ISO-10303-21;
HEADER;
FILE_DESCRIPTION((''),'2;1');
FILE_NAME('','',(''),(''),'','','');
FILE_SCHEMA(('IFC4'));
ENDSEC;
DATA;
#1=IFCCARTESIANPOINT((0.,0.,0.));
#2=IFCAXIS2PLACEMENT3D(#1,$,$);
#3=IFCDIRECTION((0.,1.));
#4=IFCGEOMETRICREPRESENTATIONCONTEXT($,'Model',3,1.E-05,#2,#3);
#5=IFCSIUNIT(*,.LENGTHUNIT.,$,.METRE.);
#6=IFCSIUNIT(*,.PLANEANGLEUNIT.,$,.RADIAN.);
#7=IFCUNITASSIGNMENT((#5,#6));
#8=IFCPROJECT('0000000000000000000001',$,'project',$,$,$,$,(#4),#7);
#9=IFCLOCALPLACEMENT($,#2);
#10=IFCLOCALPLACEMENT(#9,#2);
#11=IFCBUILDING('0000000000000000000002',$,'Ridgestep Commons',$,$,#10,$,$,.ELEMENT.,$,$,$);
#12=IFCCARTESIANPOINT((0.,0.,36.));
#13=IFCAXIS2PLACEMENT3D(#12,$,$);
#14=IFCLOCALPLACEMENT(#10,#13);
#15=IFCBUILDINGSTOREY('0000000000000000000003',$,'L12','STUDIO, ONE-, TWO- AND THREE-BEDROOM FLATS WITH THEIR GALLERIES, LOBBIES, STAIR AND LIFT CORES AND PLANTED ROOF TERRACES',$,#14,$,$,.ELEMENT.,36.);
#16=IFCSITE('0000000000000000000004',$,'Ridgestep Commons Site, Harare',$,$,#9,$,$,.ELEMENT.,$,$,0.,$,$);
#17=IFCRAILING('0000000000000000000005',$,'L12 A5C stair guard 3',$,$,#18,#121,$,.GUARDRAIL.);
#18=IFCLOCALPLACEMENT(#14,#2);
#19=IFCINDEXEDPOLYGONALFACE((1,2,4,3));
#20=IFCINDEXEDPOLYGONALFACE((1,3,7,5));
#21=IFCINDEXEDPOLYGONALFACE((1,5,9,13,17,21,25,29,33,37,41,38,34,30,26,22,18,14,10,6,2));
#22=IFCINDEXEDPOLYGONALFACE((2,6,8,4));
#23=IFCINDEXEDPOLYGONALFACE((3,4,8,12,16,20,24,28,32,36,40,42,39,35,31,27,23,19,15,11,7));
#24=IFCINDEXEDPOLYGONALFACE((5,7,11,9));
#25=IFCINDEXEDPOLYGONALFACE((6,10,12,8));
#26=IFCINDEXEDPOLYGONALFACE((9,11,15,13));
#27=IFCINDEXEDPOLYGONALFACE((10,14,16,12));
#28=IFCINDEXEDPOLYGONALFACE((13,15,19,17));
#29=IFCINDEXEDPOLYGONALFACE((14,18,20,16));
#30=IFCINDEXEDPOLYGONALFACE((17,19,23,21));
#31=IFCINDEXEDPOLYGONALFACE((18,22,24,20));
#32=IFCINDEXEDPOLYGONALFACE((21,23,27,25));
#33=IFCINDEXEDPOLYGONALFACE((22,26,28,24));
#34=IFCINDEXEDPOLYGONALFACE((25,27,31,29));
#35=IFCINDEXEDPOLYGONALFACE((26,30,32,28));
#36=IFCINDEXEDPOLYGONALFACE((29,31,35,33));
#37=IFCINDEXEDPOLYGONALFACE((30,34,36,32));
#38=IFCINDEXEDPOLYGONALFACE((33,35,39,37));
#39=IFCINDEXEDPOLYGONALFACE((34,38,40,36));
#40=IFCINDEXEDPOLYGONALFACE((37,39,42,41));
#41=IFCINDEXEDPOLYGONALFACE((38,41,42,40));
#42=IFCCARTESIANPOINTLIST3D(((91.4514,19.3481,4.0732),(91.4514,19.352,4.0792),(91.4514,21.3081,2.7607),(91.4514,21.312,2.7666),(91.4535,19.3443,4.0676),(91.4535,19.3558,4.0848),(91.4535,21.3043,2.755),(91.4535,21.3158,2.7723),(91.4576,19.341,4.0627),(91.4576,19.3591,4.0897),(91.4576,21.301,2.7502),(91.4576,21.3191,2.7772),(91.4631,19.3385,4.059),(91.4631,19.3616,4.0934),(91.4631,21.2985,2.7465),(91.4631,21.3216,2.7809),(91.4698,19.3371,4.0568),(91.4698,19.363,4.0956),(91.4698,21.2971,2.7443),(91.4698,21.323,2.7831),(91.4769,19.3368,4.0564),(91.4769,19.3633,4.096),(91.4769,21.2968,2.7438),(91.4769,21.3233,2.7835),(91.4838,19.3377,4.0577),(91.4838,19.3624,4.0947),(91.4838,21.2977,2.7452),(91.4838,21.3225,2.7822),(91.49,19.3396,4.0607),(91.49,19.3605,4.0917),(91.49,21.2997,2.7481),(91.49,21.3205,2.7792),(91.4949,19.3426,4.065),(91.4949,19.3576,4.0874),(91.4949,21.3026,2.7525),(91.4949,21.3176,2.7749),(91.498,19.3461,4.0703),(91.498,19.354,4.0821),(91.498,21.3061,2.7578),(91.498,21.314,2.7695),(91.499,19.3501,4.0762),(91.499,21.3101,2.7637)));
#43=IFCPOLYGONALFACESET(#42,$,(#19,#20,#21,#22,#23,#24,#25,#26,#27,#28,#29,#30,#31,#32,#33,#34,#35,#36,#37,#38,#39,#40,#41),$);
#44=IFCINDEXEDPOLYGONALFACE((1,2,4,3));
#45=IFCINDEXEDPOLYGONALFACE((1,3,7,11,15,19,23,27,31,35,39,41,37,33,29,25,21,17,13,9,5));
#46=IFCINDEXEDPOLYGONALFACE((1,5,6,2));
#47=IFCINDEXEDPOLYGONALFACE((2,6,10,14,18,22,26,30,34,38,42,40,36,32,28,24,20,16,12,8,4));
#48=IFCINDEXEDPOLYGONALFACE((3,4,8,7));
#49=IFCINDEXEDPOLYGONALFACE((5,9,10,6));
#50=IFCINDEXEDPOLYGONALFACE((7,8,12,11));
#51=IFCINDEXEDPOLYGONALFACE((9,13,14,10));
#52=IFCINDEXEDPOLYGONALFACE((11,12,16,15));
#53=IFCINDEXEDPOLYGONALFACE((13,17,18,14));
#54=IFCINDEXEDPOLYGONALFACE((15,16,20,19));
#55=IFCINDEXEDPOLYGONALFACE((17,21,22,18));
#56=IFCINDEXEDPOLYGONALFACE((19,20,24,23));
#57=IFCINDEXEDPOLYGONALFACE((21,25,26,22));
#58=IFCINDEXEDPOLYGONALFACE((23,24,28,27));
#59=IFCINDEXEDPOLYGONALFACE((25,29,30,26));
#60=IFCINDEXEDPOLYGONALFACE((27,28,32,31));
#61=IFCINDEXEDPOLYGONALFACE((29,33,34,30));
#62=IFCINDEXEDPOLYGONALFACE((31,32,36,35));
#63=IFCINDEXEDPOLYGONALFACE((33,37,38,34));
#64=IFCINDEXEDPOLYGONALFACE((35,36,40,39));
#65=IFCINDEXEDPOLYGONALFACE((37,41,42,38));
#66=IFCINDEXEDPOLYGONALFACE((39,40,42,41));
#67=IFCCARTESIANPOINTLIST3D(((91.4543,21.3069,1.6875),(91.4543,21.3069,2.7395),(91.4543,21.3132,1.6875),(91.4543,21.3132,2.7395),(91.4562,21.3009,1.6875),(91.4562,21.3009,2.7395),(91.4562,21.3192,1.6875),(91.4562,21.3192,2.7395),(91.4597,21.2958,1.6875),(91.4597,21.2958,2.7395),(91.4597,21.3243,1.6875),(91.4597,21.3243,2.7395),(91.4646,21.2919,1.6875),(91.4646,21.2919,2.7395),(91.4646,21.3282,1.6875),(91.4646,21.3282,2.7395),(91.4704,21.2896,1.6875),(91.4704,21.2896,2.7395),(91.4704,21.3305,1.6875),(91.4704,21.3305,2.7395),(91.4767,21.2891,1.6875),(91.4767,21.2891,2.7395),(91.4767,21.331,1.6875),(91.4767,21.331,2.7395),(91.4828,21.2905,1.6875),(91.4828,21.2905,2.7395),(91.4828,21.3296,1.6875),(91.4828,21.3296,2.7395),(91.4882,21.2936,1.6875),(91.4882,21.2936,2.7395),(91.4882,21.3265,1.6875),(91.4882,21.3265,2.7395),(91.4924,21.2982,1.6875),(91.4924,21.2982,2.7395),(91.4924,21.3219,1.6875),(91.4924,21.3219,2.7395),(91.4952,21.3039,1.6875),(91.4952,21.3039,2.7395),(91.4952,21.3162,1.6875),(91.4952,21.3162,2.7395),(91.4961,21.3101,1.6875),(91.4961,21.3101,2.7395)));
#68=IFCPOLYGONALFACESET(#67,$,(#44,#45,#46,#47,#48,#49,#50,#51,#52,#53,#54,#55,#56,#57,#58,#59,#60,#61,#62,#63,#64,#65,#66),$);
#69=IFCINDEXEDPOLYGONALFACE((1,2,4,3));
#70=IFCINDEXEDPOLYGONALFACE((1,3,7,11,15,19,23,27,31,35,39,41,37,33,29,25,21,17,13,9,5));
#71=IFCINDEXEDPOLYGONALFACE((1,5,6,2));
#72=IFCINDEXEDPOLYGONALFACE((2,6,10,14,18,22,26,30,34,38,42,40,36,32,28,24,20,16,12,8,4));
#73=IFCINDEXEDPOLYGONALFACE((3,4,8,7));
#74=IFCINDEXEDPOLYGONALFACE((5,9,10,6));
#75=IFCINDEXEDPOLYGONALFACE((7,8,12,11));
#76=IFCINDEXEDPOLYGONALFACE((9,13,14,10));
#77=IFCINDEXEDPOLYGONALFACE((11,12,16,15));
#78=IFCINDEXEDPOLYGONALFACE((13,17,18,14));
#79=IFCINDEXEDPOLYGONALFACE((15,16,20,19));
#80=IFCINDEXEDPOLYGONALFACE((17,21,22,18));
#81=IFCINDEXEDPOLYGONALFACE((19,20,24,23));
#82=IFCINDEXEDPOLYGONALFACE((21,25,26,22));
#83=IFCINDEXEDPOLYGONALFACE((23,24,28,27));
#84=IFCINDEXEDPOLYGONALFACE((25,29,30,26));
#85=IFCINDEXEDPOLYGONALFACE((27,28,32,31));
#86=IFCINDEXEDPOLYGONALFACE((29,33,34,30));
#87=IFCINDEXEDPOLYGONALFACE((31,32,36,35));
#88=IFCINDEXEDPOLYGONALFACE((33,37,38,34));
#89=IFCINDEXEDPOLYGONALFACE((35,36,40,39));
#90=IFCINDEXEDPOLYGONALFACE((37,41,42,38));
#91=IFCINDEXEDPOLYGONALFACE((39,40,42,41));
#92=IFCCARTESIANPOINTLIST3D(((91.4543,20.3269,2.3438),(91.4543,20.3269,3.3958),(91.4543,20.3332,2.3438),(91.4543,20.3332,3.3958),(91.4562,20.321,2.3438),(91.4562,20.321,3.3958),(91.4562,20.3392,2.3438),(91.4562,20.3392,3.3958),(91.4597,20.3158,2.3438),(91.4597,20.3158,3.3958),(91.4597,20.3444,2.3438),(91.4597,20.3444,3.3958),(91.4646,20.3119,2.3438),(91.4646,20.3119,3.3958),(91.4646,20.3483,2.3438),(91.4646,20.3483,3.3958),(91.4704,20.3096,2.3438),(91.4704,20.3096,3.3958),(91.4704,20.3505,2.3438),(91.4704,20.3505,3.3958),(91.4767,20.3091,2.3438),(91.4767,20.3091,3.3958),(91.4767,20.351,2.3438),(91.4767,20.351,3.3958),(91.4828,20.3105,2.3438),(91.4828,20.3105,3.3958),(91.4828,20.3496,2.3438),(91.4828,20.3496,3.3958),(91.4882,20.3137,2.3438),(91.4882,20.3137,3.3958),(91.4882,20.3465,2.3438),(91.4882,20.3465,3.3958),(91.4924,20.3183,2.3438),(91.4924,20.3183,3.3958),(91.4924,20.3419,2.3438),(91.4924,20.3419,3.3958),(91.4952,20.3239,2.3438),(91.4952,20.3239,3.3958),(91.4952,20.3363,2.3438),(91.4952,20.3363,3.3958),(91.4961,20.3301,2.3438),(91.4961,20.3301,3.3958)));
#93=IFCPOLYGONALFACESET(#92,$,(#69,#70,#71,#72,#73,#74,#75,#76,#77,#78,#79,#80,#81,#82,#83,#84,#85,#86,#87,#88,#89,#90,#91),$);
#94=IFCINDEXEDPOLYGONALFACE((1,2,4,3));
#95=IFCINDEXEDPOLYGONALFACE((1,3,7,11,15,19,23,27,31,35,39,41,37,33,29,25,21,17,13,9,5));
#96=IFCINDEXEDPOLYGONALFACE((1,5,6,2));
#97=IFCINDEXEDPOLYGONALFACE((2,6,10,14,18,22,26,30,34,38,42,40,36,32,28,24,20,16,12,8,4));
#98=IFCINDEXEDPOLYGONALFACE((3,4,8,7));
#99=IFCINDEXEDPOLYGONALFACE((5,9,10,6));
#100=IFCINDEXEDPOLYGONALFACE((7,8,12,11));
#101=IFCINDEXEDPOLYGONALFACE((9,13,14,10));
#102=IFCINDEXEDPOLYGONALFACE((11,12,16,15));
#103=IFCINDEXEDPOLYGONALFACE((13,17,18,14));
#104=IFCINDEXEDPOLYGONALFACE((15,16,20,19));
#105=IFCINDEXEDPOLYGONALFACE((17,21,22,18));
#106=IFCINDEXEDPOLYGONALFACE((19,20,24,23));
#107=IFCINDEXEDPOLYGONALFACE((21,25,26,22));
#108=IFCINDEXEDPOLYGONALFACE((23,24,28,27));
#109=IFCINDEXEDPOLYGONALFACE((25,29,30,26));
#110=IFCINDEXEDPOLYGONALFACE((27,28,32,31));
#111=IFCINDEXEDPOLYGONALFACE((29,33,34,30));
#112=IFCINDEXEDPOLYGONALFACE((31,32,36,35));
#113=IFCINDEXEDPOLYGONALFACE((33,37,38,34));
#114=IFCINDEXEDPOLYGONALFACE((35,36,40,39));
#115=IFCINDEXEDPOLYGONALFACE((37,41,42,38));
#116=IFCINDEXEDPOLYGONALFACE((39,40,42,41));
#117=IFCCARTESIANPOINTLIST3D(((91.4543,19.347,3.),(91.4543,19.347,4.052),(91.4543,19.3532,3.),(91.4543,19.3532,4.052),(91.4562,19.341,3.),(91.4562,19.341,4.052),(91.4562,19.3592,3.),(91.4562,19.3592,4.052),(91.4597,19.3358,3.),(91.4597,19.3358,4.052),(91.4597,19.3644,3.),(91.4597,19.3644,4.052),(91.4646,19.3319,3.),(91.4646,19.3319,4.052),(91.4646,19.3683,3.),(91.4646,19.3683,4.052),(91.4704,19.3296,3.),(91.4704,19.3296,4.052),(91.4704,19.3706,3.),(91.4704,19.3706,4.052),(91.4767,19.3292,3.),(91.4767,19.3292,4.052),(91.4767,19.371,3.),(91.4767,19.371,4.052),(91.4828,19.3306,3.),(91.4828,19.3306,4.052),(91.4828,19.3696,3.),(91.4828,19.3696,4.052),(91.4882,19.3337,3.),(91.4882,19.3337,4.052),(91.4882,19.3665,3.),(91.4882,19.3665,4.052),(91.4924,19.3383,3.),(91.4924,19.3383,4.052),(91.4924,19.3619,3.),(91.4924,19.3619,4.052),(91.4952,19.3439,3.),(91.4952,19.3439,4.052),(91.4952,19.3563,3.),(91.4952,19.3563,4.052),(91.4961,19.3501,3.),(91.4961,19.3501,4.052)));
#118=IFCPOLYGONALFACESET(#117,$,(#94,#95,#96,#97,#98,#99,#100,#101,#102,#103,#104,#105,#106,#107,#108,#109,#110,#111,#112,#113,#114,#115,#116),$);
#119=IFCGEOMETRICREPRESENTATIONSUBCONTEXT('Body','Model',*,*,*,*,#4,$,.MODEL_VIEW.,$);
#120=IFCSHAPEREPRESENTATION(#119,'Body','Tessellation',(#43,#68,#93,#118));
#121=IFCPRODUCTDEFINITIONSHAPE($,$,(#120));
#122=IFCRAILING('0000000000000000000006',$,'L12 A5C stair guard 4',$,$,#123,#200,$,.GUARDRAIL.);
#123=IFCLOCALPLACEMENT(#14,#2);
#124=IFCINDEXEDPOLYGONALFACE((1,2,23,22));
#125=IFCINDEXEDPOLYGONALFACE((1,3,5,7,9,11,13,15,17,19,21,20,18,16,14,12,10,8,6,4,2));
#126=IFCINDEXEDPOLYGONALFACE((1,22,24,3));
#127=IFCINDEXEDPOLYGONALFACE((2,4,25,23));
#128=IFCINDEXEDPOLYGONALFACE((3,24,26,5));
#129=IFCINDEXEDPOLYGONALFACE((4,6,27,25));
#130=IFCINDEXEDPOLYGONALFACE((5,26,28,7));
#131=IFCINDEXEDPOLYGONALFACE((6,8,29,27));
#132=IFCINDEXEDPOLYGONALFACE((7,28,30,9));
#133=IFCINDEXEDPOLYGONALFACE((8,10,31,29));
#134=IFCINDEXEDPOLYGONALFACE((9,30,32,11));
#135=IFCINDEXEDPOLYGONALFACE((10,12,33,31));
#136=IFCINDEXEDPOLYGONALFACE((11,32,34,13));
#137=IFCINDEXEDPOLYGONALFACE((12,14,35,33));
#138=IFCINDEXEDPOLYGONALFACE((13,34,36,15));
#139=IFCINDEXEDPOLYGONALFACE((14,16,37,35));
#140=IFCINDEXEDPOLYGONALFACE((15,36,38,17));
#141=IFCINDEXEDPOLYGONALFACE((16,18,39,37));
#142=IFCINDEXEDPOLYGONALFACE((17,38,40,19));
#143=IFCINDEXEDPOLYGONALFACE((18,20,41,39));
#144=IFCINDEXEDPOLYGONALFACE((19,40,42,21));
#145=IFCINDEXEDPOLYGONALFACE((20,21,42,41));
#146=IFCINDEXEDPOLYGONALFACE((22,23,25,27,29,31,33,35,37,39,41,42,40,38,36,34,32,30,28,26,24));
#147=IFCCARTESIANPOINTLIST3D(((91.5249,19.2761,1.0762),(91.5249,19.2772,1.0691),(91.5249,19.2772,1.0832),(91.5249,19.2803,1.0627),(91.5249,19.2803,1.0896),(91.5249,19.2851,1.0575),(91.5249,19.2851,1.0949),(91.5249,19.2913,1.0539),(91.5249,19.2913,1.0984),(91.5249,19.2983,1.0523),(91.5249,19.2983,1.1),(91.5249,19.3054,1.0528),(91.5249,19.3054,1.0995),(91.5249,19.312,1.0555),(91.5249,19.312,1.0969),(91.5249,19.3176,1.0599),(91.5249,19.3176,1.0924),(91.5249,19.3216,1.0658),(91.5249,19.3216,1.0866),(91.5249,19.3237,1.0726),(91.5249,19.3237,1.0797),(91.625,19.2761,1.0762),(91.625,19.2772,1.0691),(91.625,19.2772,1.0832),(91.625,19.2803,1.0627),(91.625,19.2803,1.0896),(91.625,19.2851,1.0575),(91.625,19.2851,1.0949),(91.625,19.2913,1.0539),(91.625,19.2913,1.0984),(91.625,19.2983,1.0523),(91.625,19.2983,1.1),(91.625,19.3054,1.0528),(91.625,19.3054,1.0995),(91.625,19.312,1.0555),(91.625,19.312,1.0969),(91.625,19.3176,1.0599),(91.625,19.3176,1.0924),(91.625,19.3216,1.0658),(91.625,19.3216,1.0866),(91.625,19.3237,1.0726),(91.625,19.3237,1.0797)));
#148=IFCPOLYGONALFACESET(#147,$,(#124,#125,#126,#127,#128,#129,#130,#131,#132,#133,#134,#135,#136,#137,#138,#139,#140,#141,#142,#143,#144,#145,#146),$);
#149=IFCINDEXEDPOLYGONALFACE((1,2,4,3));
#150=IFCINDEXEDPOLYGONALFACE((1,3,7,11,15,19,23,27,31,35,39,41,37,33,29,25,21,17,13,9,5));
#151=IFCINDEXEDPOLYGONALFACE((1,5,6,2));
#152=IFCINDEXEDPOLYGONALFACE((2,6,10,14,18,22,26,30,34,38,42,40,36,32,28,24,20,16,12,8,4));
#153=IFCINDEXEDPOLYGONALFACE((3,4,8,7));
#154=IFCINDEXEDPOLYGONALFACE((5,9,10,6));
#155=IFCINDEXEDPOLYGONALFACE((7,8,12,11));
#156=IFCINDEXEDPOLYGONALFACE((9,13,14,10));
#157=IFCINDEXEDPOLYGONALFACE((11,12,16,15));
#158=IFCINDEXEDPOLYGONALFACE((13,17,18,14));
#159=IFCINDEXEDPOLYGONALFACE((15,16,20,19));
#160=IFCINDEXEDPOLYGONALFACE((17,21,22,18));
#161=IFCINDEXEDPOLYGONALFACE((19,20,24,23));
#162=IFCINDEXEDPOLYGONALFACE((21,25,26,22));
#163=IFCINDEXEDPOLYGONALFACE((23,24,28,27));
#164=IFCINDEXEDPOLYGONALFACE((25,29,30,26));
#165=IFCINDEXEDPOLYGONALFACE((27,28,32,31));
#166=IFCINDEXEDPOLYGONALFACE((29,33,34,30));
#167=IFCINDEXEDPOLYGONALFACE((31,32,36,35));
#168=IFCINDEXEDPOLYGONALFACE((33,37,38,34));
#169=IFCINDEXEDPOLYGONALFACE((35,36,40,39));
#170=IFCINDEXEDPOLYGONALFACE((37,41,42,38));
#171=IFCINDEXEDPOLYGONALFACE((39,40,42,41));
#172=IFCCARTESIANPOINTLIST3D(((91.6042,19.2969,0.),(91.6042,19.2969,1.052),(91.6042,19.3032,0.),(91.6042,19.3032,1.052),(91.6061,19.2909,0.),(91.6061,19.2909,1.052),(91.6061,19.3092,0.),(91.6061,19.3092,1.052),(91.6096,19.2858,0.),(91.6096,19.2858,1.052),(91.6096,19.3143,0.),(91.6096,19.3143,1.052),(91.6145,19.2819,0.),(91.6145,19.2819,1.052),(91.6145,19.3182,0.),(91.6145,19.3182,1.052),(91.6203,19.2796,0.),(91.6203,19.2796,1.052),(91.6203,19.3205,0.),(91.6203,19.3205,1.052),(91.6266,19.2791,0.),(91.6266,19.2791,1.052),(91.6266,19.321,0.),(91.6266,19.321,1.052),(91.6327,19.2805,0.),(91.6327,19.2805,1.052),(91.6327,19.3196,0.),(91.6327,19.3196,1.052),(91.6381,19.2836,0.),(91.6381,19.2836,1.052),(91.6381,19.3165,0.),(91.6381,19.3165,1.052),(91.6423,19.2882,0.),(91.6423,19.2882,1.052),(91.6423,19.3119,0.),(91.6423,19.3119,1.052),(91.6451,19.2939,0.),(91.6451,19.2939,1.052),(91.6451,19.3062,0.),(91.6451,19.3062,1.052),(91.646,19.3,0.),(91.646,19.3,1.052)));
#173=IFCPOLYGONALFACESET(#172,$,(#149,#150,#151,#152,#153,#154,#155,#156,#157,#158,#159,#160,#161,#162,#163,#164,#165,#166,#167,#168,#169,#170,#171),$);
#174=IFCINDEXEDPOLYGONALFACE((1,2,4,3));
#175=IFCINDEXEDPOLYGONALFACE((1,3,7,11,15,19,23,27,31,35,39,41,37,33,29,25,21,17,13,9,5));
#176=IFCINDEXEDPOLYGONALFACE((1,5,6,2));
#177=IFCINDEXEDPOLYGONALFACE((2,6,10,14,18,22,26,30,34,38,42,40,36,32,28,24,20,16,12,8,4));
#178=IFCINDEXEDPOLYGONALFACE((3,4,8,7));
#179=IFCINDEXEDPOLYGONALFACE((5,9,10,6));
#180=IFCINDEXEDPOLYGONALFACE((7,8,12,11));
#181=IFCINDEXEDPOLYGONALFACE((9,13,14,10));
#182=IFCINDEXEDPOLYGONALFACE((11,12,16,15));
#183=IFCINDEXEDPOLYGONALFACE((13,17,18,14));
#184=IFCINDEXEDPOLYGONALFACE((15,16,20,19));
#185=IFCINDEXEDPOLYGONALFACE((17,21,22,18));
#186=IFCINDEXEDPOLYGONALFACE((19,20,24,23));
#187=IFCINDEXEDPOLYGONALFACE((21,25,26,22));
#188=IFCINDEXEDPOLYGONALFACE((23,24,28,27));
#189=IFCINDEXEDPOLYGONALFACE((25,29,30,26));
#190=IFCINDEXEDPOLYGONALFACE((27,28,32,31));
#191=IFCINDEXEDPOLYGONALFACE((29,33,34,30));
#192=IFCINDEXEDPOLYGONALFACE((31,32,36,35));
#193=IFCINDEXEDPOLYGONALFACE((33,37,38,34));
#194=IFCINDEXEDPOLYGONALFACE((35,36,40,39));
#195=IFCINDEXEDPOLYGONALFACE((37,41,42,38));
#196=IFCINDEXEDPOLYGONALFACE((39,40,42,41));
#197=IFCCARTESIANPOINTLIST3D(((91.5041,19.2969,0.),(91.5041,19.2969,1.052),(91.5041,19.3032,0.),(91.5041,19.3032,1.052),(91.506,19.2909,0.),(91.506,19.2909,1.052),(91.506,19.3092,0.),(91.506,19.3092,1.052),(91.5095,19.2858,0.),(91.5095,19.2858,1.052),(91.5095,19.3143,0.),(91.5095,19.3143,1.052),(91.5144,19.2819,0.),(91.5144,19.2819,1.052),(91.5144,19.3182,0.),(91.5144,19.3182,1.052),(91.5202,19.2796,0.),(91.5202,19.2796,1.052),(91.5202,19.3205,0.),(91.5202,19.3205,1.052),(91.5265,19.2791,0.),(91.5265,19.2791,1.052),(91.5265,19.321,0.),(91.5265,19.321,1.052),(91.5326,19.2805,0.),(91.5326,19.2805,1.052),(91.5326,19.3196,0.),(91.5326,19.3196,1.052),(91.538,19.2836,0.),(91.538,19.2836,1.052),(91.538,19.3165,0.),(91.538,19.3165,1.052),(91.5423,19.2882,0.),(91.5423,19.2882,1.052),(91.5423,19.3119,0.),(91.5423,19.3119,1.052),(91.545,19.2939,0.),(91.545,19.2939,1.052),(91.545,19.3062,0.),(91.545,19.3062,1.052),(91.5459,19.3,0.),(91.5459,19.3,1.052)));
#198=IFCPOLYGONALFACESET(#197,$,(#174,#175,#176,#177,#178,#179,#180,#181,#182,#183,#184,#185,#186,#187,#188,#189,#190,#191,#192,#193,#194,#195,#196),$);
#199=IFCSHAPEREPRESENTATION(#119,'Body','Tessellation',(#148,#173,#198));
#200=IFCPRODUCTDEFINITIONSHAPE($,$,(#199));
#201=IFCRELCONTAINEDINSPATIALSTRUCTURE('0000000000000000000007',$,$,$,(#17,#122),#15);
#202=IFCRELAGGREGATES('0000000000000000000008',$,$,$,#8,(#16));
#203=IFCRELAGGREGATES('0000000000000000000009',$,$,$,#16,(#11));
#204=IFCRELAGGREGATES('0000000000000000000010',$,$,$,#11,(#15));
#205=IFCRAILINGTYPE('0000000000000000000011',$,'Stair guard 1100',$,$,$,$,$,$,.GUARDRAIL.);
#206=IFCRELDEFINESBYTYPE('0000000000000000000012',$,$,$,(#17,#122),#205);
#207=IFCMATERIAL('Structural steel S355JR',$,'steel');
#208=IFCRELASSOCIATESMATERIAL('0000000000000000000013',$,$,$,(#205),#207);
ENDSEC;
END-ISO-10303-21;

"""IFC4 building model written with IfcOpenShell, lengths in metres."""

from ifc_helpers import new_model, si_unit, direction, frame, origin, origin_2d, place, context, subcontext, project, spatial, circle, extrude, material, type_object, element, save


model = new_model("IFC4")

# Units and contexts
model_context = context("Model", 3, precision=1e-05, world=origin(), true_north=direction((0.0, 1.0)))
body_context = subcontext(model_context, "Body", "Model", "MODEL_VIEW")
ifc_project = project(units=[si_unit("LENGTHUNIT", "METRE"), si_unit("PLANEANGLEUNIT", "RADIAN")], contexts=[model_context])

# Site, building, storey
site_placement = place(None, origin())
site = spatial("IfcSite", under=ifc_project, at=site_placement, Name="Ridgestep Commons Site, Harare", CompositionType="ELEMENT", RefElevation=0.0)
building_placement = place(site_placement, origin())
building = spatial("IfcBuilding", under=site, at=building_placement, Name="Ridgestep Commons", CompositionType="ELEMENT")
storey_placement = place(building_placement, frame((0.0, 0.0, 36.0)))
storey = spatial("IfcBuildingStorey", under=building, at=storey_placement, Name="L12", Description="STUDIO, ONE-, TWO- AND THREE-BEDROOM FLATS WITH THEIR GALLERIES, LOBBIES, STAIR AND LIFT CORES AND PLANTED ROOF TERRACES", CompositionType="ELEMENT", Elevation=36.0)

# Railings
ifc_material_1 = material(Name="Structural steel S355JR", Category="steel")
railing_type_1 = type_object("IfcRailingType", Name="Stair guard 1100", PredefinedType="GUARDRAIL", material=ifc_material_1)
railing_1_placement = place(storey_placement, frame((91.4751, 21.3101, 1.6875)))
element("IfcRailing", 1, at=railing_1_placement, inside=storey, type_object=railing_type_1, Name="L12 A5C stair guard 3", PredefinedType="GUARDRAIL", context=body_context, shape_type="SweptSolid", body=[
    extrude(circle(Radius=0.0239, at=origin_2d()), frame((0.0, 0.0, 1.0762), z_axis=(0.0, -0.830902, 0.556419), x_axis=(1.0, 0.0, 0.0)), (0.0, 0.0, 1.0), 2.3589),
    extrude(circle(Radius=0.021, at=origin_2d()), origin(), (0.0, 0.0, 1.0), 1.052),
    extrude(circle(Radius=0.021, at=origin_2d()), frame((0.0, -0.98, 0.6562)), (0.0, 0.0, 1.0), 1.052),
    extrude(circle(Radius=0.021, at=origin_2d()), frame((0.0, -1.96, 1.3125)), (0.0, 0.0, 1.0), 1.052),
])
railing_2_placement = place(storey_placement, frame((91.625, 19.3, 0.0)))
element("IfcRailing", 2, at=railing_2_placement, inside=storey, type_object=railing_type_1, Name="L12 A5C stair guard 4", PredefinedType="GUARDRAIL", context=body_context, shape_type="SweptSolid", body=[
    extrude(circle(Radius=0.0239, at=origin_2d()), frame((0.0, 0.0, 1.0762), z_axis=(-1.0, 0.0, 0.0), x_axis=(0.0, -1.0, 0.0)), (0.0, 0.0, 1.0), 0.1001),
    extrude(circle(Radius=0.021, at=origin_2d()), origin(), (0.0, 0.0, 1.0), 1.052),
    extrude(circle(Radius=0.021, at=origin_2d()), frame((-0.1001, 0.0, 0.0)), (0.0, 0.0, 1.0), 1.052),
])

save(model, "model.ifc")
